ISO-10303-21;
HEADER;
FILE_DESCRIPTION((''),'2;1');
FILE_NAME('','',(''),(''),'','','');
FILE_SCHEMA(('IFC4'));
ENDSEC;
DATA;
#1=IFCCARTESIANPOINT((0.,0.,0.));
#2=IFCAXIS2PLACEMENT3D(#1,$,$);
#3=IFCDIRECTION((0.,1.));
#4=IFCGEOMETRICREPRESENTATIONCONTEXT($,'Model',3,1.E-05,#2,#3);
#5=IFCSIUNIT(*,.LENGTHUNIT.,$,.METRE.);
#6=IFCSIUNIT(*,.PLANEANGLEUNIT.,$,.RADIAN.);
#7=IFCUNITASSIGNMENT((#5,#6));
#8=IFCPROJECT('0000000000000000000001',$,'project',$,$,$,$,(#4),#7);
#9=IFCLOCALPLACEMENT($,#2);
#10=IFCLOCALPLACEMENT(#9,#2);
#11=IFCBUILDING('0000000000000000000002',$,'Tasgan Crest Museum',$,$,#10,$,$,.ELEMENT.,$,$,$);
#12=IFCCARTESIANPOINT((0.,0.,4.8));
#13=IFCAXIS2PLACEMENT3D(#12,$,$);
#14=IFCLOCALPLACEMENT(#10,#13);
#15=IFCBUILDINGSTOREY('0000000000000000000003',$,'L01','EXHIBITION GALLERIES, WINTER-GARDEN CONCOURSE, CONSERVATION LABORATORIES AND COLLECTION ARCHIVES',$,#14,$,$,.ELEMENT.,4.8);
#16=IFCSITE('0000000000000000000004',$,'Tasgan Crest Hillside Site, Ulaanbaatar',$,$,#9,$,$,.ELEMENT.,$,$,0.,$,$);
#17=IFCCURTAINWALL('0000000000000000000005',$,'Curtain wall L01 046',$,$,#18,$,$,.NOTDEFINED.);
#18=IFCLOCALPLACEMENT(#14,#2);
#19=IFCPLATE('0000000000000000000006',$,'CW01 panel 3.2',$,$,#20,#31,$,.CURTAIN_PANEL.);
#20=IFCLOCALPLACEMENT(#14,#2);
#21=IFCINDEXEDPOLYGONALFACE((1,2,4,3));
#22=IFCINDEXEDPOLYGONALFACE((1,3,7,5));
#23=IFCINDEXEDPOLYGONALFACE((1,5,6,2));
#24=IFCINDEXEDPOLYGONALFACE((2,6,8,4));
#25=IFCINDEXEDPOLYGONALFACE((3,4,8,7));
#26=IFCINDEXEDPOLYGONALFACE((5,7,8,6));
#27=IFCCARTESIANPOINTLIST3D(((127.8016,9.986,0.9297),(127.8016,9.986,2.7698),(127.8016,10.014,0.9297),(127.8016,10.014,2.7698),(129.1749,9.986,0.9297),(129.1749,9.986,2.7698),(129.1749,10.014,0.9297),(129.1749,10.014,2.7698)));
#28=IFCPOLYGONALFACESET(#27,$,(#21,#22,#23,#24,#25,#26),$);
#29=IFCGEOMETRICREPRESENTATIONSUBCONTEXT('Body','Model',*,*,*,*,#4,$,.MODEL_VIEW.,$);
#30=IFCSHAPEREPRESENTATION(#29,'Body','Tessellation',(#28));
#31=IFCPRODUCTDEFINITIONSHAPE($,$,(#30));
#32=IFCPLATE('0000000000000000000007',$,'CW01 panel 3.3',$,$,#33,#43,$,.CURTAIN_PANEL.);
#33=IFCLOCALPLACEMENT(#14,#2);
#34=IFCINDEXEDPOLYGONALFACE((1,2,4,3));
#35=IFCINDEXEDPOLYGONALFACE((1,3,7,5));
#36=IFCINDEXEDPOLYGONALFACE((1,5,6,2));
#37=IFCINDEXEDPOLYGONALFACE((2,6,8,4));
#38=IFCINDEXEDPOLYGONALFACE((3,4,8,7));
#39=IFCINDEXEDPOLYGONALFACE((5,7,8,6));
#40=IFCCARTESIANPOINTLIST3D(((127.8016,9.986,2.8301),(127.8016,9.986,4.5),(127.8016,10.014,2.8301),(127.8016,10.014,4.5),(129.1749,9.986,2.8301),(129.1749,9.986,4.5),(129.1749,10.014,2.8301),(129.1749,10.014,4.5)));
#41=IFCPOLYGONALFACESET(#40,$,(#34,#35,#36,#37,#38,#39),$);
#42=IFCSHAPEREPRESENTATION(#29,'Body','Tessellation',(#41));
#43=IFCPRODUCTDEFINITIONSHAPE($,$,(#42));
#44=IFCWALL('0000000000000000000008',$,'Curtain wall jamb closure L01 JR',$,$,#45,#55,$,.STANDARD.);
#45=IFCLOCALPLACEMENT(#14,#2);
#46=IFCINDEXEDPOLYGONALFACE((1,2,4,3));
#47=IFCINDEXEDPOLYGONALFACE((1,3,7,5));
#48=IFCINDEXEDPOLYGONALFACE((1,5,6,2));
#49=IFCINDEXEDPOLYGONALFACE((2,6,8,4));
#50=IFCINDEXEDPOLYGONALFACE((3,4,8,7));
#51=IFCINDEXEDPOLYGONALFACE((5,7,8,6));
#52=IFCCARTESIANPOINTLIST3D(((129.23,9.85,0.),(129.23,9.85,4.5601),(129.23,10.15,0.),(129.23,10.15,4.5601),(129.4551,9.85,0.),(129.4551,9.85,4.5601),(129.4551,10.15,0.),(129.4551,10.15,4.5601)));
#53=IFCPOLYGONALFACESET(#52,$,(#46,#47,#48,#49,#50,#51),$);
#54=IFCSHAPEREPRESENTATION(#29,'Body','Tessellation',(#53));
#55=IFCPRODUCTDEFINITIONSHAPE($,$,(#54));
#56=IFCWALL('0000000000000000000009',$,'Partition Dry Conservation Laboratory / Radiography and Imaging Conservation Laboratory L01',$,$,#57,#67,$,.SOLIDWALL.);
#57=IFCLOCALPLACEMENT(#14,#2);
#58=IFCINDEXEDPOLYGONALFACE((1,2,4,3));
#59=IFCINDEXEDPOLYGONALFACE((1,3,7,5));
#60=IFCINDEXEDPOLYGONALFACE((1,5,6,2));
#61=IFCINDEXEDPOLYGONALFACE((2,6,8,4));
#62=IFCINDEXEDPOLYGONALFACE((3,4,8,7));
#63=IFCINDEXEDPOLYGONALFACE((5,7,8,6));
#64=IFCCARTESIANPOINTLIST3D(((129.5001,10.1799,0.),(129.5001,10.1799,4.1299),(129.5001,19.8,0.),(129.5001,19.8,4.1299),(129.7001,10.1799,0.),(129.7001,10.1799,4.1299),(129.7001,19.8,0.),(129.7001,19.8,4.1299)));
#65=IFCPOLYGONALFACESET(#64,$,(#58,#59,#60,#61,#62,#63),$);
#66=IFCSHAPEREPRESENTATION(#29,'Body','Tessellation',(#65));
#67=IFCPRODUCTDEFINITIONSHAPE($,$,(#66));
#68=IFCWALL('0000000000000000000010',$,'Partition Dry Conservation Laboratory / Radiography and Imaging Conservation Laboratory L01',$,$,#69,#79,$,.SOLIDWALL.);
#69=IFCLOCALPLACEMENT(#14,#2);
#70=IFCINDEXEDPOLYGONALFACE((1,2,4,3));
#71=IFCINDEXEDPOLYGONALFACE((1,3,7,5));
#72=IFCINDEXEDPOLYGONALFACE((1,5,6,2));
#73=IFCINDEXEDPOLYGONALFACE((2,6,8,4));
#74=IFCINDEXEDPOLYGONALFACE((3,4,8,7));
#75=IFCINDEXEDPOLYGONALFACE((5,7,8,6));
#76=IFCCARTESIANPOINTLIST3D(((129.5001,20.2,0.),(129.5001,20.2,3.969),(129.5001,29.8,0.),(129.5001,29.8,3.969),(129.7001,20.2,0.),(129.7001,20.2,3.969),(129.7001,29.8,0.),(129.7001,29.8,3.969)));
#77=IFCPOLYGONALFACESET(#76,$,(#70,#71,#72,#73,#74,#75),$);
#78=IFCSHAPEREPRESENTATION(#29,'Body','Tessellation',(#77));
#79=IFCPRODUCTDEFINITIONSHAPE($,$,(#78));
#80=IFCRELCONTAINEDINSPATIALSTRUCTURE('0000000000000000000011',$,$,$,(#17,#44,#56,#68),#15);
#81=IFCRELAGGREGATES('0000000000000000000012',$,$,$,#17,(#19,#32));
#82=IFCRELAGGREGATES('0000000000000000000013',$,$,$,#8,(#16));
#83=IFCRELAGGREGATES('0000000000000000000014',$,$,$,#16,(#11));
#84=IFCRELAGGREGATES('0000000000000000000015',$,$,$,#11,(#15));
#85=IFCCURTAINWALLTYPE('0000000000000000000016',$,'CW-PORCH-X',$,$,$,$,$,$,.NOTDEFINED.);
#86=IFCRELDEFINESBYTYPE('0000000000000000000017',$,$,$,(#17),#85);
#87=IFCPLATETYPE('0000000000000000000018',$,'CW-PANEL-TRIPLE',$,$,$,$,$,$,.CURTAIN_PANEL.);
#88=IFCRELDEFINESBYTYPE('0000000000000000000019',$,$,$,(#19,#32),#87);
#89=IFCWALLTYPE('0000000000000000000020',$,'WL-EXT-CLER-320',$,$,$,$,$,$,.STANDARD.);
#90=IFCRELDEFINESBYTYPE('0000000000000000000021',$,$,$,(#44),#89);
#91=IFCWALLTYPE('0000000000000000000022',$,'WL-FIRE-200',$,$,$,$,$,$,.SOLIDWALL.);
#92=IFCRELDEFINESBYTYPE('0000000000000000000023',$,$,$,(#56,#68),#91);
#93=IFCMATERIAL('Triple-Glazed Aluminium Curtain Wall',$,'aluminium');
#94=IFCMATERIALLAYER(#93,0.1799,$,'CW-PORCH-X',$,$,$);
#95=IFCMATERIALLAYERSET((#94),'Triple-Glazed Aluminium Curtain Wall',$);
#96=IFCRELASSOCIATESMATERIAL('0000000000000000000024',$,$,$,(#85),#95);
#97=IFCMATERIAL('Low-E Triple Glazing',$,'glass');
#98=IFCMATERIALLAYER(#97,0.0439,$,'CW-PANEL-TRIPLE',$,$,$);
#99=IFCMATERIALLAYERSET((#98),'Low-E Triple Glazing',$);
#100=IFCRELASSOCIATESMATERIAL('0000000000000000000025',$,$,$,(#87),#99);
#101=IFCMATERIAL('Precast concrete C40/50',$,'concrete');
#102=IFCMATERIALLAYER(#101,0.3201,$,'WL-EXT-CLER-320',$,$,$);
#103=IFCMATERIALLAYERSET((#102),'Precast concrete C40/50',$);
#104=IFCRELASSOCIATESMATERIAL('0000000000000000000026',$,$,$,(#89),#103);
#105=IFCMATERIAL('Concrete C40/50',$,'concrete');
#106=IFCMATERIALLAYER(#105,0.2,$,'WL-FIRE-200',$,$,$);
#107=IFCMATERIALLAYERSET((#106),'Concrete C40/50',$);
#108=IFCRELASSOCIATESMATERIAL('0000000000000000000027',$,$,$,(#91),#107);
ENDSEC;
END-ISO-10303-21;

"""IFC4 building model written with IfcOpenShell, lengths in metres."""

from ifc_helpers import new_model, si_unit, direction, frame, frame_2d, origin, origin_2d, place, context, subcontext, project, spatial, rectangle, extrude, material, layer, layer_set, type_object, element, aggregate, save


model = new_model("IFC4")

# Units and contexts
model_context = context("Model", 3, precision=1e-05, world=origin(), true_north=direction((0.0, 1.0)))
body_context = subcontext(model_context, "Body", "Model", "MODEL_VIEW")
ifc_project = project(units=[si_unit("LENGTHUNIT", "METRE"), si_unit("PLANEANGLEUNIT", "RADIAN")], contexts=[model_context])

# Site, building, storey
site_placement = place(None, origin())
site = spatial("IfcSite", under=ifc_project, at=site_placement, Name="Tasgan Crest Hillside Site, Ulaanbaatar", CompositionType="ELEMENT", RefElevation=0.0)
building_placement = place(site_placement, origin())
building = spatial("IfcBuilding", under=site, at=building_placement, Name="Tasgan Crest Museum", CompositionType="ELEMENT")
storey_placement = place(building_placement, frame((0.0, 0.0, 4.8)))
storey = spatial("IfcBuildingStorey", under=building, at=storey_placement, Name="L01", Description="EXHIBITION GALLERIES, WINTER-GARDEN CONCOURSE, CONSERVATION LABORATORIES AND COLLECTION ARCHIVES", CompositionType="ELEMENT", Elevation=4.8)

# Curtain wall, plates
ifc_material_1 = material(Name="Triple-Glazed Aluminium Curtain Wall", Category="aluminium")
ifc_layer_1 = layer(ifc_material_1, 0.1799, Name="CW-PORCH-X")
ifc_layer_set_1 = layer_set([ifc_layer_1], Name="Triple-Glazed Aluminium Curtain Wall")
curtain_wall_type = type_object("IfcCurtainWallType", Name="CW-PORCH-X", PredefinedType="NOTDEFINED", material=ifc_layer_set_1)
curtain_wall_placement = place(storey_placement, origin())
curtain_wall = element("IfcCurtainWall", 1, at=curtain_wall_placement, inside=storey, type_object=curtain_wall_type, Name="Curtain wall L01 046", PredefinedType="NOTDEFINED")
ifc_material_2 = material(Name="Low-E Triple Glazing", Category="glass")
ifc_layer_2 = layer(ifc_material_2, 0.0439, Name="CW-PANEL-TRIPLE")
ifc_layer_set_2 = layer_set([ifc_layer_2], Name="Low-E Triple Glazing")
plate_type_1 = type_object("IfcPlateType", Name="CW-PANEL-TRIPLE", PredefinedType="CURTAIN_PANEL", material=ifc_layer_set_2)
plate_1_placement = place(storey_placement, frame((128.4883, 10.0, 0.9297), z_axis=(0.0, 0.0, 1.0), x_axis=(1.0, 0.0, 0.0)))
plate_1 = element("IfcPlate", 2, at=plate_1_placement, type_object=plate_type_1, Name="CW01 panel 3.2", PredefinedType="CURTAIN_PANEL", context=body_context, shape_type="SweptSolid", body=[
    extrude(rectangle(XDim=1.3733, YDim=0.0281, at=origin_2d()), origin(), (0.0, 0.0, 1.0), 1.8401),
])
plate_2_placement = place(storey_placement, frame((128.4883, 10.0, 2.8301), z_axis=(0.0, 0.0, 1.0), x_axis=(1.0, 0.0, 0.0)))
plate_2 = element("IfcPlate", 3, at=plate_2_placement, type_object=plate_type_1, Name="CW01 panel 3.3", PredefinedType="CURTAIN_PANEL", context=body_context, shape_type="SweptSolid", body=[
    extrude(rectangle(XDim=1.3733, YDim=0.0281, at=origin_2d()), origin(), (0.0, 0.0, 1.0), 1.6699),
])
aggregate(curtain_wall, [plate_1, plate_2])

# Walls
ifc_material_3 = material(Name="Precast concrete C40/50", Category="concrete")
ifc_layer_3 = layer(ifc_material_3, 0.3201, Name="WL-EXT-CLER-320")
ifc_layer_set_3 = layer_set([ifc_layer_3], Name="Precast concrete C40/50")
wall_type_1 = type_object("IfcWallType", Name="WL-EXT-CLER-320", PredefinedType="STANDARD", material=ifc_layer_set_3)
wall_1_placement = place(storey_placement, frame((129.23, 10.0, 0.0), z_axis=(0.0, 0.0, 1.0), x_axis=(1.0, 0.0, 0.0)))
element("IfcWall", 4, at=wall_1_placement, inside=storey, type_object=wall_type_1, Name="Curtain wall jamb closure L01 JR", PredefinedType="STANDARD", context=body_context, shape_type="SweptSolid", body=[
    extrude(rectangle(XDim=0.2251, YDim=0.3, at=frame_2d((0.1125, 0.0))), origin(), (0.0, 0.0, 1.0), 4.5601),
])
ifc_material_4 = material(Name="Concrete C40/50", Category="concrete")
ifc_layer_4 = layer(ifc_material_4, 0.2, Name="WL-FIRE-200")
ifc_layer_set_4 = layer_set([ifc_layer_4], Name="Concrete C40/50")
wall_type_2 = type_object("IfcWallType", Name="WL-FIRE-200", PredefinedType="SOLIDWALL", material=ifc_layer_set_4)
wall_2_placement = place(storey_placement, frame((129.6001, 10.1799, 0.0), z_axis=(0.0, 0.0, 1.0), x_axis=(0.0, 1.0, 0.0)))
element("IfcWall", 5, at=wall_2_placement, inside=storey, type_object=wall_type_2, Name="Partition Dry Conservation Laboratory / Radiography and Imaging Conservation Laboratory L01", PredefinedType="SOLIDWALL", context=body_context, shape_type="SweptSolid", body=[
    extrude(rectangle(XDim=9.6201, YDim=0.2, at=frame_2d((4.8101, 0.0))), origin(), (0.0, 0.0, 1.0), 4.1299),
])
wall_3_placement = place(storey_placement, frame((129.6001, 20.2, 0.0), z_axis=(0.0, 0.0, 1.0), x_axis=(0.0, 1.0, 0.0)))
element("IfcWall", 6, at=wall_3_placement, inside=storey, type_object=wall_type_2, Name="Partition Dry Conservation Laboratory / Radiography and Imaging Conservation Laboratory L01", PredefinedType="SOLIDWALL", context=body_context, shape_type="SweptSolid", body=[
    extrude(rectangle(XDim=9.6001, YDim=0.2, at=frame_2d((4.8, 0.0))), origin(), (0.0, 0.0, 1.0), 3.969),
])

save(model, "model.ifc")
